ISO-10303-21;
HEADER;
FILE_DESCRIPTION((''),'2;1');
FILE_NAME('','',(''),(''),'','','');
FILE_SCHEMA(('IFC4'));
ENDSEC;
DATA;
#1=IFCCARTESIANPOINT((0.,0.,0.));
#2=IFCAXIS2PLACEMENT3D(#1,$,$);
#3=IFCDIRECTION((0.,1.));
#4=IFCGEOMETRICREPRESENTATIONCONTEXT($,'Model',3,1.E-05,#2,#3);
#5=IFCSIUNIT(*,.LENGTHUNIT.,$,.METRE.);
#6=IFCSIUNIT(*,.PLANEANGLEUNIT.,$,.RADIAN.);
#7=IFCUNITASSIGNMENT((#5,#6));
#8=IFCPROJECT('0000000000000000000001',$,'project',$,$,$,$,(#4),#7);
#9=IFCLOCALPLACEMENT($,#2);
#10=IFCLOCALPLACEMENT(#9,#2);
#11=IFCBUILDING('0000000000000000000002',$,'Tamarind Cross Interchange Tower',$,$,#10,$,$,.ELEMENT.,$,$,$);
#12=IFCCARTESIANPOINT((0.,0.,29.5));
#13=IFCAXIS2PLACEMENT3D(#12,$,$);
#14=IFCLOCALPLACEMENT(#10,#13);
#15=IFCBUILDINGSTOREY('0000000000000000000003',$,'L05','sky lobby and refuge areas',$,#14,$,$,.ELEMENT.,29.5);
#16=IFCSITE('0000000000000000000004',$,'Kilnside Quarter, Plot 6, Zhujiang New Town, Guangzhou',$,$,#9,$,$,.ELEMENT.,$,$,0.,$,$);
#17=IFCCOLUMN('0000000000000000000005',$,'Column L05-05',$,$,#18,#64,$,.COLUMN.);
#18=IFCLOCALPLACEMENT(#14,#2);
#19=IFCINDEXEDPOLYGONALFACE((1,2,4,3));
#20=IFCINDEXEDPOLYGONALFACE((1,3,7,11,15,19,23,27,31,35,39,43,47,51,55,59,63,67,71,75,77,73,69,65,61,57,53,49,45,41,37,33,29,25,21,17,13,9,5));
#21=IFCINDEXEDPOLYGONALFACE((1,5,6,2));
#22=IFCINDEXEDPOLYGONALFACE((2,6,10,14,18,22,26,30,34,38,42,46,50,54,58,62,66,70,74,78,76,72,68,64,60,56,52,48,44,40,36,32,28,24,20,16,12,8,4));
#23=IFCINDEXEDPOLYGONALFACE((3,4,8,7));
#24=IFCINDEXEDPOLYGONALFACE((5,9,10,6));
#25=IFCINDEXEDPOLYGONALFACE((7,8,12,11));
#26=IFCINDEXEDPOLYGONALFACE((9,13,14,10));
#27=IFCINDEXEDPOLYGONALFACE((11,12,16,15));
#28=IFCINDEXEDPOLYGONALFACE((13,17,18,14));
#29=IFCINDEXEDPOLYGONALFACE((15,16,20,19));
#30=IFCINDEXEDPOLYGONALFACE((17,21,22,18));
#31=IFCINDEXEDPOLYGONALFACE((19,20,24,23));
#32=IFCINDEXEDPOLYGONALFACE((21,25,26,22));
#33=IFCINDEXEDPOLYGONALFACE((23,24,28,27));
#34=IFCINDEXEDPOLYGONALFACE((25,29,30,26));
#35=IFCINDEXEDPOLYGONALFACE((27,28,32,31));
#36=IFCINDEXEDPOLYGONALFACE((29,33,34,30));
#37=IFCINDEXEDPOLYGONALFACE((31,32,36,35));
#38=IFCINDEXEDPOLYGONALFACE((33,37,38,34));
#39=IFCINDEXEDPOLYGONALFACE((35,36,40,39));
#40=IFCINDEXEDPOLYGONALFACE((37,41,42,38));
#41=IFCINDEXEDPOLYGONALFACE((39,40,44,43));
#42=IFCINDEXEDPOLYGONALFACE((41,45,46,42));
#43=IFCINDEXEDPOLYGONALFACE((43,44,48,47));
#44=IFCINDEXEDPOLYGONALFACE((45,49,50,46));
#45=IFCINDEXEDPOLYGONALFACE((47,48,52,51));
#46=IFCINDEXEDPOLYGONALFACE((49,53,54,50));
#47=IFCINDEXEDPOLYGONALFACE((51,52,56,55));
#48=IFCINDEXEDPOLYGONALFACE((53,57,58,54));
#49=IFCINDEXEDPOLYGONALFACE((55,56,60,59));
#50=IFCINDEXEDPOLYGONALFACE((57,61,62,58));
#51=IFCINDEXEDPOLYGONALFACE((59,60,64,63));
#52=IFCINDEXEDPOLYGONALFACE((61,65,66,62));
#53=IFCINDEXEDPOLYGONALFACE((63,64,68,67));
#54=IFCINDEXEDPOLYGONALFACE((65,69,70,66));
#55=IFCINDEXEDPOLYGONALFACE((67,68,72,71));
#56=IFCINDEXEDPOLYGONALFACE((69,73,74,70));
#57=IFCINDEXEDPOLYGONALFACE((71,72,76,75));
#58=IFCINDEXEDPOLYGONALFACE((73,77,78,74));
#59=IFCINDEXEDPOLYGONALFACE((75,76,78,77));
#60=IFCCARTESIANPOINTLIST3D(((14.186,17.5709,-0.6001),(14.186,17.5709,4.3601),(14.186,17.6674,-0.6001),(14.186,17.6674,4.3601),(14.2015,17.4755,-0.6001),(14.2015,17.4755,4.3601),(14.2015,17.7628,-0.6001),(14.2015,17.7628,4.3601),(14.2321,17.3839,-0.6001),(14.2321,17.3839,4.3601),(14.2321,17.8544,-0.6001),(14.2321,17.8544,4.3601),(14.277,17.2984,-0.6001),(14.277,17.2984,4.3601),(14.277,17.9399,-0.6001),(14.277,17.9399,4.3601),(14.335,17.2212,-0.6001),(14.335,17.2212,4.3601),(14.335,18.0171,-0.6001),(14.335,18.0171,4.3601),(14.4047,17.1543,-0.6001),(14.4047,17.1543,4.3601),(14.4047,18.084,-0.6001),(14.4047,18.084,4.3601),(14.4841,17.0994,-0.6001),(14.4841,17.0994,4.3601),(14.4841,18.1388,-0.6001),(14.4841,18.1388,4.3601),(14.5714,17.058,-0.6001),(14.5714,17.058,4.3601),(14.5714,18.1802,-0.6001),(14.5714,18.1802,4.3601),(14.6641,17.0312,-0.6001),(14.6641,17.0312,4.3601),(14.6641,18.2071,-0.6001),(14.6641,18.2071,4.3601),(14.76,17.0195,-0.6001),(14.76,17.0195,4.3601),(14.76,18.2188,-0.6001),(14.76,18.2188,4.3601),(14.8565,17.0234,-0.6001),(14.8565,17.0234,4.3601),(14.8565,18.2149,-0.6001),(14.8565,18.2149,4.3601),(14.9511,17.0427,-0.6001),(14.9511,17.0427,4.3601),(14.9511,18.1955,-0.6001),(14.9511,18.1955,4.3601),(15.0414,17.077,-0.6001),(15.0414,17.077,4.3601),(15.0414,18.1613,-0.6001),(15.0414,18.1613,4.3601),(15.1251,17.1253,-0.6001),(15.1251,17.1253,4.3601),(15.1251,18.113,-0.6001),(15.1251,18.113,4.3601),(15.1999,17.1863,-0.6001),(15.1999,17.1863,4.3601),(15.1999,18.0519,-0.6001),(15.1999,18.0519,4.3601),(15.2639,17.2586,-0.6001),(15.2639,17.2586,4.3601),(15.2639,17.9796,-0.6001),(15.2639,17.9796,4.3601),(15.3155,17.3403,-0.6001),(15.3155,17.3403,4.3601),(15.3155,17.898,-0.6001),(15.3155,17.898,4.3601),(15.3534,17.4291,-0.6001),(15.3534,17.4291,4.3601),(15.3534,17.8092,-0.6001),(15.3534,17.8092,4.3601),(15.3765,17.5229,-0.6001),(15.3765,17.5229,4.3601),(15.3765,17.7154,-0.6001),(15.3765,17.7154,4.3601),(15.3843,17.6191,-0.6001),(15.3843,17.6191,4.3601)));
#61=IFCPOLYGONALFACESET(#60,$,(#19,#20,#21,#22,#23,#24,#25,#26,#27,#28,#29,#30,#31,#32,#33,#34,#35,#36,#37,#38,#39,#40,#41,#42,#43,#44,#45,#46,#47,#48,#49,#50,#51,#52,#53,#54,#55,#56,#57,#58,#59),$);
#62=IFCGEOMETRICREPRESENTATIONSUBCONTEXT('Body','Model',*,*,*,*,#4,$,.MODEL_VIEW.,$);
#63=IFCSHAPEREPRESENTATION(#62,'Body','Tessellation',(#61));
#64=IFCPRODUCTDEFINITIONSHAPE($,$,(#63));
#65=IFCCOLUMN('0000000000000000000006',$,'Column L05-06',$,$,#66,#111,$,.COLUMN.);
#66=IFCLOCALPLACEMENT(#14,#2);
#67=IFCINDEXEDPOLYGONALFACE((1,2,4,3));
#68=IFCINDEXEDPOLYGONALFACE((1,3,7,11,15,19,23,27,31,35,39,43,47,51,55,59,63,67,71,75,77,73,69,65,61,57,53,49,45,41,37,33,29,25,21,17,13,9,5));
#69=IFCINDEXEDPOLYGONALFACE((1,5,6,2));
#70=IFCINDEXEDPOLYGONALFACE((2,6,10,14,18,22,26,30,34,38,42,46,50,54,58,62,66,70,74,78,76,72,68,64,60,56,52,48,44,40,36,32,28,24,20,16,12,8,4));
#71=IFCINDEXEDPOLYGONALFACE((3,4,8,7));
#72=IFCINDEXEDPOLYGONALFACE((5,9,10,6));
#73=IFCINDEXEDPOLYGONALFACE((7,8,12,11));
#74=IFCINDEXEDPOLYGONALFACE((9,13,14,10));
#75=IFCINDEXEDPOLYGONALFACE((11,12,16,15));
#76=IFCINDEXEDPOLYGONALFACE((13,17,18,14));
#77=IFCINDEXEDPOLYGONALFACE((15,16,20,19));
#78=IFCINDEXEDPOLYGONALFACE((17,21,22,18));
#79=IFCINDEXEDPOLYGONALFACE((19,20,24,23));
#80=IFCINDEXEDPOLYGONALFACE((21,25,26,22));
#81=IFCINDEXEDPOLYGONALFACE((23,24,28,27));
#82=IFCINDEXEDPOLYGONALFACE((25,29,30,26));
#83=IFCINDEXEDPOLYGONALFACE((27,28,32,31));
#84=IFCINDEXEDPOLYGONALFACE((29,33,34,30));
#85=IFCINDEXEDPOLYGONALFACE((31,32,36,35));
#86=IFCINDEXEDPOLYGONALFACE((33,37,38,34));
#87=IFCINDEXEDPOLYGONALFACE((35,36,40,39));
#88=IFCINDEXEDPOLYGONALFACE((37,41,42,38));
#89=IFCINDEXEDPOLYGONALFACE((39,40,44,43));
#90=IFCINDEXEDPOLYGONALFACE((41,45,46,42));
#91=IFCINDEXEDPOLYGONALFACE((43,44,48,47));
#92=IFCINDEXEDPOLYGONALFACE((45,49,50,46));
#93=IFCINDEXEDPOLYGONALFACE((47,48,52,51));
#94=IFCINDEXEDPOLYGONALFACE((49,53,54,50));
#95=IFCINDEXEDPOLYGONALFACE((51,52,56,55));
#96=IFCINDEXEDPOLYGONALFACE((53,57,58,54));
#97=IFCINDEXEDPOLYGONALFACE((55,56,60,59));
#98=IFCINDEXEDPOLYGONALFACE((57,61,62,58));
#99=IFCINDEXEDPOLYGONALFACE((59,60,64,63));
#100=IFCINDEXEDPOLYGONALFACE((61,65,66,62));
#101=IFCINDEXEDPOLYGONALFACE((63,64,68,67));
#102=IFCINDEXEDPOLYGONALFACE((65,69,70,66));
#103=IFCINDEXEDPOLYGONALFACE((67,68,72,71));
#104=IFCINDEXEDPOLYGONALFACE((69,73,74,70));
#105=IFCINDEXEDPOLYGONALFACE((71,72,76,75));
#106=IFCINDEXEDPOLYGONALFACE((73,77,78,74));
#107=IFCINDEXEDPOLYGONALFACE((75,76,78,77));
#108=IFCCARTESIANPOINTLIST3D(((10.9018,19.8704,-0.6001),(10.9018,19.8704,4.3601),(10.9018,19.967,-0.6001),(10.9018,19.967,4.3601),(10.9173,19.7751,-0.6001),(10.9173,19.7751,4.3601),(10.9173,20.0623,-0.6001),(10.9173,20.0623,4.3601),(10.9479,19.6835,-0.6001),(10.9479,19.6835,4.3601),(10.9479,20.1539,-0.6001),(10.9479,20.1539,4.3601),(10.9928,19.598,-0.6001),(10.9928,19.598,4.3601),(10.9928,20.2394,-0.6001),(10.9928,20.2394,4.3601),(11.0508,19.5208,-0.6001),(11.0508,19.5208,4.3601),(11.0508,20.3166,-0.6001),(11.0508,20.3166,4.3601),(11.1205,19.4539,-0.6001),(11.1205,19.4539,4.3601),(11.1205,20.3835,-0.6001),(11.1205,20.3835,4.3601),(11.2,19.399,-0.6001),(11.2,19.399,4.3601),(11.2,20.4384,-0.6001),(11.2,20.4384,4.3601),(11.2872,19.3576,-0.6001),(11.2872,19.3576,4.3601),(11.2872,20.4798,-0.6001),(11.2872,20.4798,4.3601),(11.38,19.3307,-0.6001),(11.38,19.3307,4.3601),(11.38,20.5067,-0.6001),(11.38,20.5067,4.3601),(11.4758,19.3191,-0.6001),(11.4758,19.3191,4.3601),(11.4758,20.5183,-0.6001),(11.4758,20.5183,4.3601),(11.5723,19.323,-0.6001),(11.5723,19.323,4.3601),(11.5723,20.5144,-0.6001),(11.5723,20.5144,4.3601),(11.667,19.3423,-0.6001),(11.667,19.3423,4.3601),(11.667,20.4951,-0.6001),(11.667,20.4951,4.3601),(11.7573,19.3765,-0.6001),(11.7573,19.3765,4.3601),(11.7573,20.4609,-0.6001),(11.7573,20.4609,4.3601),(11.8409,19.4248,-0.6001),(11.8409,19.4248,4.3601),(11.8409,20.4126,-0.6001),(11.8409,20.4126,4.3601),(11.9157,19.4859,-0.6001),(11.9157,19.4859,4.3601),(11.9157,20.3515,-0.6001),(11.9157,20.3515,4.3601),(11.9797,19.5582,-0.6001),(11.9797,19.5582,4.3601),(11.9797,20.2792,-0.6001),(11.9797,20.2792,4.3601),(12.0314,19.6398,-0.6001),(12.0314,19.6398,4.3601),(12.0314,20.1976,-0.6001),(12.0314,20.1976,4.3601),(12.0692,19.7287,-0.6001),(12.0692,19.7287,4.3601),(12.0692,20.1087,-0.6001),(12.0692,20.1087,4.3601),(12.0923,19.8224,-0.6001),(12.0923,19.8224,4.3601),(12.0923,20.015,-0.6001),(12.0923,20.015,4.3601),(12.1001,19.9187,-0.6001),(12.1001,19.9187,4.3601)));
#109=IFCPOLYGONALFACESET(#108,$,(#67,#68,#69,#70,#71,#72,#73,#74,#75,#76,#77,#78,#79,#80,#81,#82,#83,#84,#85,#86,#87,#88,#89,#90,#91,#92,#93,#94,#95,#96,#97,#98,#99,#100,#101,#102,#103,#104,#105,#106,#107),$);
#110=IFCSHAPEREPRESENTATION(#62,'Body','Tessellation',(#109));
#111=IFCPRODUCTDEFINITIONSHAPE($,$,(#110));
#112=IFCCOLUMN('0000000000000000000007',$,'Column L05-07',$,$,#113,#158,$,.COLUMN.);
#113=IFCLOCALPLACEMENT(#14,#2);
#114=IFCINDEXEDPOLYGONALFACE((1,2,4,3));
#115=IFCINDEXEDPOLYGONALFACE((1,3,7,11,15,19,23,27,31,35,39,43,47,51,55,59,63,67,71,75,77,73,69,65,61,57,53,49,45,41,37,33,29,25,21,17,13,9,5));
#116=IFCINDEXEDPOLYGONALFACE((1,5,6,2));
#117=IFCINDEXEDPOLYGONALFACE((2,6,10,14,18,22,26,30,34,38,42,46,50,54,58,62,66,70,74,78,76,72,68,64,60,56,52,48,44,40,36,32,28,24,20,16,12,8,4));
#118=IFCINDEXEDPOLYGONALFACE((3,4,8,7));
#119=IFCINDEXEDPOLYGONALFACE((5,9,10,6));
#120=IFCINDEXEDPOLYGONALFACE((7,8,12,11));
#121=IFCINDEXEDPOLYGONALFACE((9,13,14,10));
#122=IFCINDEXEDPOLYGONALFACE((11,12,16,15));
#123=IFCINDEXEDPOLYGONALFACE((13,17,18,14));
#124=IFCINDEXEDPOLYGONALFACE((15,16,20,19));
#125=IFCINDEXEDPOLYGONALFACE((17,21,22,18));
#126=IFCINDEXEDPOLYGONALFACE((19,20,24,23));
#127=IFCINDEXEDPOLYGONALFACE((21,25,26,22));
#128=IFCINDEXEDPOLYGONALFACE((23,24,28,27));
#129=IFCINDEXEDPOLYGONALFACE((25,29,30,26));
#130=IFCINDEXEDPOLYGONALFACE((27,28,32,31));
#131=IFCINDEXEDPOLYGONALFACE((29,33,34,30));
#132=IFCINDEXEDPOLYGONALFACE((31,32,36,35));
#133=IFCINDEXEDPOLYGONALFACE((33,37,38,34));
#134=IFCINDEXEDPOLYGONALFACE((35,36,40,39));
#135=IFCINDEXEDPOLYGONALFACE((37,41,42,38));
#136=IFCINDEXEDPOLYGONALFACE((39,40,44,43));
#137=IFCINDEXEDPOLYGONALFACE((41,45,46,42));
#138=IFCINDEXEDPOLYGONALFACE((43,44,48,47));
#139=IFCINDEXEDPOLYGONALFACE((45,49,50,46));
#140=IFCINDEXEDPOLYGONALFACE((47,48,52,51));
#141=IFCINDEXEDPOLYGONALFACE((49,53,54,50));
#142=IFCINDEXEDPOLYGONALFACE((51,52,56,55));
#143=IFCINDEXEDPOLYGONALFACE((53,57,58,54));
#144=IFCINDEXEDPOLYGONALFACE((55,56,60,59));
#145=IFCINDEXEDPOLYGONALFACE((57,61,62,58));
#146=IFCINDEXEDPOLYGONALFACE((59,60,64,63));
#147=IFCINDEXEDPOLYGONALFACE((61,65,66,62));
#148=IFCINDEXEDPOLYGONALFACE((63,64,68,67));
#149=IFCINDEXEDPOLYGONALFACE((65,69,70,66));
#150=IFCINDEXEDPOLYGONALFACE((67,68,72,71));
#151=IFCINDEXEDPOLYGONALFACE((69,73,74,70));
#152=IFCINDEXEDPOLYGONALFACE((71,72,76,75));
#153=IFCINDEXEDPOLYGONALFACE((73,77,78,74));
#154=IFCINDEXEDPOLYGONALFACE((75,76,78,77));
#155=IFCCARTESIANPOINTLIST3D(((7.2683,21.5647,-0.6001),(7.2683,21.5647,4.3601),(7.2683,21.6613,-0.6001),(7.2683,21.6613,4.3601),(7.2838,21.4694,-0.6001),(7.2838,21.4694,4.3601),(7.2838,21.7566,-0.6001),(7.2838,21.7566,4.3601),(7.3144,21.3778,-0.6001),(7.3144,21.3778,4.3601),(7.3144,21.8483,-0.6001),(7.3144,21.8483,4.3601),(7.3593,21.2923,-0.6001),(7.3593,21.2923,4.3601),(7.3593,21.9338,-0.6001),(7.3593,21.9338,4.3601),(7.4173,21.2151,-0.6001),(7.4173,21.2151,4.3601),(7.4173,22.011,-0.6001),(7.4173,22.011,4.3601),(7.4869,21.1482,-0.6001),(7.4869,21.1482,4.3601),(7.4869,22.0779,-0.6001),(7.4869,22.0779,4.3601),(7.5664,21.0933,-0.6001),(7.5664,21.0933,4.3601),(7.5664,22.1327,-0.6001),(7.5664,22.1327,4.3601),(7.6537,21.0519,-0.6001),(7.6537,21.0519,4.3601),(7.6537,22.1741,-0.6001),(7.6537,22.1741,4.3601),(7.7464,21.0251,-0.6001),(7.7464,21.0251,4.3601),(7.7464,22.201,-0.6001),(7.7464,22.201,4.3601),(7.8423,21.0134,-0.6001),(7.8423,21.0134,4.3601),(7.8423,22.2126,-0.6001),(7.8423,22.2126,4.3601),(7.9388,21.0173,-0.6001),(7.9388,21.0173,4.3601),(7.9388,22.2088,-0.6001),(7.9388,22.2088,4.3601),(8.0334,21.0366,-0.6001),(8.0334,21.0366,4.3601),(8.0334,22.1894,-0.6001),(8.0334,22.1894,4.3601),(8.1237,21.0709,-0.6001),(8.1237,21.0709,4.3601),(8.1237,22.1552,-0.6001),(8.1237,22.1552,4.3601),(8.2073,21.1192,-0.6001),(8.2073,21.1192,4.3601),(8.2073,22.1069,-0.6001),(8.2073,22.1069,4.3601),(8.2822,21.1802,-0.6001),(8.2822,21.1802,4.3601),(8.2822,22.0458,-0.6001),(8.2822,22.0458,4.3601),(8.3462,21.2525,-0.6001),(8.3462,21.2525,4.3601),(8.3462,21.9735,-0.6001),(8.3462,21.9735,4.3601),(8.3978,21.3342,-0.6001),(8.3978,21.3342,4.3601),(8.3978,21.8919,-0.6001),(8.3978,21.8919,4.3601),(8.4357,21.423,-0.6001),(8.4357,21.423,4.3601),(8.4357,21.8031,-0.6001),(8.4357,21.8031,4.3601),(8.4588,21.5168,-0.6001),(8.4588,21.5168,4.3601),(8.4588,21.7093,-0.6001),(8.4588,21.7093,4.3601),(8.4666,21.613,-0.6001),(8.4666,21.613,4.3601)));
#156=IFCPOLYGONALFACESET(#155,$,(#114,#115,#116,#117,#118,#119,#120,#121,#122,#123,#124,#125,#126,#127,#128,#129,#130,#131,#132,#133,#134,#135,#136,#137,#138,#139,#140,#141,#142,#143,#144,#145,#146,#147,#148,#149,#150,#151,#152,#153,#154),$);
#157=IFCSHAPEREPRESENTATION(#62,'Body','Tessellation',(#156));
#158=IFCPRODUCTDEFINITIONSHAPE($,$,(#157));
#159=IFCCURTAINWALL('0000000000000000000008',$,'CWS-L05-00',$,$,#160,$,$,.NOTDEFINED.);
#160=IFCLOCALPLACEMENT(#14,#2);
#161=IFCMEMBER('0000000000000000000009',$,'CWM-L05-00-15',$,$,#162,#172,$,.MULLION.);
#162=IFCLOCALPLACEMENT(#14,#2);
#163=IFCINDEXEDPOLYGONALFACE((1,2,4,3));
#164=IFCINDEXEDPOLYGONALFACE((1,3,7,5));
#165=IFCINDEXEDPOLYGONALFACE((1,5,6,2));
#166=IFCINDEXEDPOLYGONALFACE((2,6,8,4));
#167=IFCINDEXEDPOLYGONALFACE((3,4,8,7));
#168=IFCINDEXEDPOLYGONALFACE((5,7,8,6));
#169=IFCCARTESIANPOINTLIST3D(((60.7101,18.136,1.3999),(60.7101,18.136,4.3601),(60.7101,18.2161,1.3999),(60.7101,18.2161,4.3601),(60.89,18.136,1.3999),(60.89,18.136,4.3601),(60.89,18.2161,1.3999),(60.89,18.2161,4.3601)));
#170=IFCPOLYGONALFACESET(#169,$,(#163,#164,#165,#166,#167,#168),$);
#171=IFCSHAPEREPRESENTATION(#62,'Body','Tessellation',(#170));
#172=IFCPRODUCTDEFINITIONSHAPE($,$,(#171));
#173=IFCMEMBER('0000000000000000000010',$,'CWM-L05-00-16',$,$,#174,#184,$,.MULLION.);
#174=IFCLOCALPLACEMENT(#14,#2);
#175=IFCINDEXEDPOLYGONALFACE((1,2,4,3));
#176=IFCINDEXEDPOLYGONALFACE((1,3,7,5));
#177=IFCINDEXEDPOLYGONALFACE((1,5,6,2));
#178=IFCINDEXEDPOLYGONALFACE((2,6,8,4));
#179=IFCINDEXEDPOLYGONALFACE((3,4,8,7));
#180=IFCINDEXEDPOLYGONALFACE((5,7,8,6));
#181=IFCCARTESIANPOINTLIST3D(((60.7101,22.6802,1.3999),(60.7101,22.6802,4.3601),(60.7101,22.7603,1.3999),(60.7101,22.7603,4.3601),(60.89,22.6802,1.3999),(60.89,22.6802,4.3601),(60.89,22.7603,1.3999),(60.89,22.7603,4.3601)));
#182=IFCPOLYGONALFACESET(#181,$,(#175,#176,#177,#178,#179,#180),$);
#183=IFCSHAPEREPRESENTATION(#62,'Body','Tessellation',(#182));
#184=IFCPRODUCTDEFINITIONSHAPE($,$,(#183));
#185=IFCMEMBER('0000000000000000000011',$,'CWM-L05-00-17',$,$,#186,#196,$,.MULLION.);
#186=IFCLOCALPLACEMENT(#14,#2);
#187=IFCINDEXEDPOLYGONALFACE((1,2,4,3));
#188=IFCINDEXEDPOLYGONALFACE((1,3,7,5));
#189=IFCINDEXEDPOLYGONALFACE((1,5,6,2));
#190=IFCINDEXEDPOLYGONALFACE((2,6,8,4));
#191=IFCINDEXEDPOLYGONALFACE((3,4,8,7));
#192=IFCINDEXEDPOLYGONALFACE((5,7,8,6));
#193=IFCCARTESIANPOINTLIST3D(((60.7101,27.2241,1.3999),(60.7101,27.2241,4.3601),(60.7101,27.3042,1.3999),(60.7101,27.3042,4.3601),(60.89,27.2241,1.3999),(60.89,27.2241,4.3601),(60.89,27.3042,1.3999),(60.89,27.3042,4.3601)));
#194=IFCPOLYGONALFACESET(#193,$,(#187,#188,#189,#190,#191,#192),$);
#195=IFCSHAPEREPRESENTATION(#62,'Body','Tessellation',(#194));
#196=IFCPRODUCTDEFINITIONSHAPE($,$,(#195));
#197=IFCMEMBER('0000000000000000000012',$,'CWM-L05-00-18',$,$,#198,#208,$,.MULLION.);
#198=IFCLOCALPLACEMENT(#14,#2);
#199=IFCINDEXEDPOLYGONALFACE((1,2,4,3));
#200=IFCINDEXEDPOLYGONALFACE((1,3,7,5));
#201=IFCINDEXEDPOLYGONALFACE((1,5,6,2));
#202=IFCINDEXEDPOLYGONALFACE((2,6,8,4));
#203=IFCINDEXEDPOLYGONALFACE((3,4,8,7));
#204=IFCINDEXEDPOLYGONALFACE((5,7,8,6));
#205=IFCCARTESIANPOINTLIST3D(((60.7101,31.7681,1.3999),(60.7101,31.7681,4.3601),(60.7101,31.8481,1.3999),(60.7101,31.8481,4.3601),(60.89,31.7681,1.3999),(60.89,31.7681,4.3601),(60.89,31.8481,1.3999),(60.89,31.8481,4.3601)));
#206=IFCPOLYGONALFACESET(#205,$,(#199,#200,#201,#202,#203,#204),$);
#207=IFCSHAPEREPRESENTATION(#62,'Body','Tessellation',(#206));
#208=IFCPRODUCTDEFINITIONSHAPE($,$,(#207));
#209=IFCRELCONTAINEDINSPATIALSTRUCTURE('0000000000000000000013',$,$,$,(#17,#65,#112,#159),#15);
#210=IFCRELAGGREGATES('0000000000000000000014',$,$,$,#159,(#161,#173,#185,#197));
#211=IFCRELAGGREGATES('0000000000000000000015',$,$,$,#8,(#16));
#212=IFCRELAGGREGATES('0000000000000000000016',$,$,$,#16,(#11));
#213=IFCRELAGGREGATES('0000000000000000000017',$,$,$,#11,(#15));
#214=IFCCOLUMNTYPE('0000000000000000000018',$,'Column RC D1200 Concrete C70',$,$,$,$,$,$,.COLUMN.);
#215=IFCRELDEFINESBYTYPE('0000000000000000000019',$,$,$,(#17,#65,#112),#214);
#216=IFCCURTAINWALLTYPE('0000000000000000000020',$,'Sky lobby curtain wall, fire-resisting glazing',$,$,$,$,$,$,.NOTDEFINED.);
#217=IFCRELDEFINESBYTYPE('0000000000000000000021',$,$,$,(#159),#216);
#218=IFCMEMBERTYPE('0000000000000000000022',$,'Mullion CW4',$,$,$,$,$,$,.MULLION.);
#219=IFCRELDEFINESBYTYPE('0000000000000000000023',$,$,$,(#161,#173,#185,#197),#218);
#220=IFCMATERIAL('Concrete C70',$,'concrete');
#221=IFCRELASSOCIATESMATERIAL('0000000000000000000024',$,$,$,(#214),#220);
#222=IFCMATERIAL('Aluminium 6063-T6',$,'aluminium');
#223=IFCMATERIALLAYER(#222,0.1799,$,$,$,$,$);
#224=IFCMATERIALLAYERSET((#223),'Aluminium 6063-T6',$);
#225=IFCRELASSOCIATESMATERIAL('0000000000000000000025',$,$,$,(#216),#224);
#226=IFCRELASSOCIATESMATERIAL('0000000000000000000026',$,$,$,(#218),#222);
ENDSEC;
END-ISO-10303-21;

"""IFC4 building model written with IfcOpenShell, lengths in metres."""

from ifc_helpers import new_model, si_unit, direction, frame, origin, origin_2d, place, context, subcontext, project, spatial, rectangle, circle, extrude, material, layer, layer_set, material_profile, profile_set, type_object, element, aggregate, save


model = new_model("IFC4")

# Units and contexts
model_context = context("Model", 3, precision=1e-05, world=origin(), true_north=direction((0.0, 1.0)))
body_context = subcontext(model_context, "Body", "Model", "MODEL_VIEW")
ifc_project = project(units=[si_unit("LENGTHUNIT", "METRE"), si_unit("PLANEANGLEUNIT", "RADIAN")], contexts=[model_context])

# Site, building, storey
site_placement = place(None, origin())
site = spatial("IfcSite", under=ifc_project, at=site_placement, Name="Kilnside Quarter, Plot 6, Zhujiang New Town, Guangzhou", CompositionType="ELEMENT", RefElevation=0.0)
building_placement = place(site_placement, origin())
building = spatial("IfcBuilding", under=site, at=building_placement, Name="Tamarind Cross Interchange Tower", CompositionType="ELEMENT")
storey_placement = place(building_placement, frame((0.0, 0.0, 29.5)))
storey = spatial("IfcBuildingStorey", under=building, at=storey_placement, Name="L05", Description="sky lobby and refuge areas", CompositionType="ELEMENT", Elevation=29.5)

# Columns
ifc_material_1 = material(Name="Concrete C70", Category="concrete")
ifc_material_profile_1 = material_profile(ifc_material_1, circle(Radius=0.6001, at=origin_2d()), Name="RC D1200")
ifc_profile_set_1 = profile_set([ifc_material_profile_1], Name="Concrete C70")
column_type = type_object("IfcColumnType", Name="Column RC D1200 Concrete C70", PredefinedType="COLUMN", material=ifc_profile_set_1)
for number, where, z_axis, x_axis, name in (
    (1, (14.7842, 17.6191, -0.6001), (0.0, 0.0, 1.0), (1.0, 0.0, 0.0), "Column L05-05"),
    (2, (11.5, 19.9187, -0.6001), (0.0, 0.0, 1.0), (1.0, 0.0, 0.0), "Column L05-06"),
    (3, (7.8665, 21.613, -0.6001), (0.0, 0.0, 1.0), (1.0, 0.0, 0.0), "Column L05-07"),
):
    element("IfcColumn", number, at=place(storey_placement, frame(where, z_axis=z_axis, x_axis=x_axis)), inside=storey, type_object=column_type, Name=name, PredefinedType="COLUMN", context=body_context, shape_type="SweptSolid", body=[
        extrude(circle(Radius=0.6001, at=origin_2d()), origin(), (0.0, 0.0, 1.0), 4.9602),
    ])

# Curtain wall, members
ifc_material_2 = material(Name="Aluminium 6063-T6", Category="aluminium")
ifc_layer_1 = layer(ifc_material_2, 0.1799)
ifc_layer_set_1 = layer_set([ifc_layer_1], Name="Aluminium 6063-T6")
curtain_wall_type = type_object("IfcCurtainWallType", Name="Sky lobby curtain wall, fire-resisting glazing", PredefinedType="NOTDEFINED", material=ifc_layer_set_1)
curtain_wall_1_placement = place(storey_placement, origin())
curtain_wall_1 = element("IfcCurtainWall", 4, at=curtain_wall_1_placement, inside=storey, type_object=curtain_wall_type, Name="CWS-L05-00", PredefinedType="NOTDEFINED")
ifc_material_profile_2 = material_profile(ifc_material_2, rectangle(XDim=0.0801, YDim=0.1799, at=origin_2d()), Name="Mullion CW4")
ifc_profile_set_2 = profile_set([ifc_material_profile_2], Name="Aluminium 6063-T6")
member_type = type_object("IfcMemberType", Name="Mullion CW4", PredefinedType="MULLION", material=ifc_profile_set_2)
member_1_placement = place(storey_placement, frame((60.8, 18.176, 1.3999), z_axis=(0.0, 0.0, 1.0), x_axis=(0.0, 1.0, 0.0)))
member_1 = element("IfcMember", 5, at=member_1_placement, type_object=member_type, Name="CWM-L05-00-15", PredefinedType="MULLION", context=body_context, shape_type="SweptSolid", body=[
    extrude(rectangle(XDim=0.0801, YDim=0.1799, at=origin_2d()), origin(), (0.0, 0.0, 1.0), 2.9602),
])
member_2_placement = place(storey_placement, frame((60.8, 22.7202, 1.3999), z_axis=(0.0, 0.0, 1.0), x_axis=(0.0, 1.0, 0.0)))
member_2 = element("IfcMember", 6, at=member_2_placement, type_object=member_type, Name="CWM-L05-00-16", PredefinedType="MULLION", context=body_context, shape_type="SweptSolid", body=[
    extrude(rectangle(XDim=0.0801, YDim=0.1799, at=origin_2d()), origin(), (0.0, 0.0, 1.0), 2.9602),
])
member_3_placement = place(storey_placement, frame((60.8, 27.2642, 1.3999), z_axis=(0.0, 0.0, 1.0), x_axis=(0.0, 1.0, 0.0)))
member_3 = element("IfcMember", 7, at=member_3_placement, type_object=member_type, Name="CWM-L05-00-17", PredefinedType="MULLION", context=body_context, shape_type="SweptSolid", body=[
    extrude(rectangle(XDim=0.0801, YDim=0.1799, at=origin_2d()), origin(), (0.0, 0.0, 1.0), 2.9602),
])
member_4_placement = place(storey_placement, frame((60.8, 31.8081, 1.3999), z_axis=(0.0, 0.0, 1.0), x_axis=(0.0, 1.0, 0.0)))
member_4 = element("IfcMember", 8, at=member_4_placement, type_object=member_type, Name="CWM-L05-00-18", PredefinedType="MULLION", context=body_context, shape_type="SweptSolid", body=[
    extrude(rectangle(XDim=0.0801, YDim=0.1799, at=origin_2d()), origin(), (0.0, 0.0, 1.0), 2.9602),
])
aggregate(curtain_wall_1, [member_1, member_2, member_3, member_4])

save(model, "model.ifc")
